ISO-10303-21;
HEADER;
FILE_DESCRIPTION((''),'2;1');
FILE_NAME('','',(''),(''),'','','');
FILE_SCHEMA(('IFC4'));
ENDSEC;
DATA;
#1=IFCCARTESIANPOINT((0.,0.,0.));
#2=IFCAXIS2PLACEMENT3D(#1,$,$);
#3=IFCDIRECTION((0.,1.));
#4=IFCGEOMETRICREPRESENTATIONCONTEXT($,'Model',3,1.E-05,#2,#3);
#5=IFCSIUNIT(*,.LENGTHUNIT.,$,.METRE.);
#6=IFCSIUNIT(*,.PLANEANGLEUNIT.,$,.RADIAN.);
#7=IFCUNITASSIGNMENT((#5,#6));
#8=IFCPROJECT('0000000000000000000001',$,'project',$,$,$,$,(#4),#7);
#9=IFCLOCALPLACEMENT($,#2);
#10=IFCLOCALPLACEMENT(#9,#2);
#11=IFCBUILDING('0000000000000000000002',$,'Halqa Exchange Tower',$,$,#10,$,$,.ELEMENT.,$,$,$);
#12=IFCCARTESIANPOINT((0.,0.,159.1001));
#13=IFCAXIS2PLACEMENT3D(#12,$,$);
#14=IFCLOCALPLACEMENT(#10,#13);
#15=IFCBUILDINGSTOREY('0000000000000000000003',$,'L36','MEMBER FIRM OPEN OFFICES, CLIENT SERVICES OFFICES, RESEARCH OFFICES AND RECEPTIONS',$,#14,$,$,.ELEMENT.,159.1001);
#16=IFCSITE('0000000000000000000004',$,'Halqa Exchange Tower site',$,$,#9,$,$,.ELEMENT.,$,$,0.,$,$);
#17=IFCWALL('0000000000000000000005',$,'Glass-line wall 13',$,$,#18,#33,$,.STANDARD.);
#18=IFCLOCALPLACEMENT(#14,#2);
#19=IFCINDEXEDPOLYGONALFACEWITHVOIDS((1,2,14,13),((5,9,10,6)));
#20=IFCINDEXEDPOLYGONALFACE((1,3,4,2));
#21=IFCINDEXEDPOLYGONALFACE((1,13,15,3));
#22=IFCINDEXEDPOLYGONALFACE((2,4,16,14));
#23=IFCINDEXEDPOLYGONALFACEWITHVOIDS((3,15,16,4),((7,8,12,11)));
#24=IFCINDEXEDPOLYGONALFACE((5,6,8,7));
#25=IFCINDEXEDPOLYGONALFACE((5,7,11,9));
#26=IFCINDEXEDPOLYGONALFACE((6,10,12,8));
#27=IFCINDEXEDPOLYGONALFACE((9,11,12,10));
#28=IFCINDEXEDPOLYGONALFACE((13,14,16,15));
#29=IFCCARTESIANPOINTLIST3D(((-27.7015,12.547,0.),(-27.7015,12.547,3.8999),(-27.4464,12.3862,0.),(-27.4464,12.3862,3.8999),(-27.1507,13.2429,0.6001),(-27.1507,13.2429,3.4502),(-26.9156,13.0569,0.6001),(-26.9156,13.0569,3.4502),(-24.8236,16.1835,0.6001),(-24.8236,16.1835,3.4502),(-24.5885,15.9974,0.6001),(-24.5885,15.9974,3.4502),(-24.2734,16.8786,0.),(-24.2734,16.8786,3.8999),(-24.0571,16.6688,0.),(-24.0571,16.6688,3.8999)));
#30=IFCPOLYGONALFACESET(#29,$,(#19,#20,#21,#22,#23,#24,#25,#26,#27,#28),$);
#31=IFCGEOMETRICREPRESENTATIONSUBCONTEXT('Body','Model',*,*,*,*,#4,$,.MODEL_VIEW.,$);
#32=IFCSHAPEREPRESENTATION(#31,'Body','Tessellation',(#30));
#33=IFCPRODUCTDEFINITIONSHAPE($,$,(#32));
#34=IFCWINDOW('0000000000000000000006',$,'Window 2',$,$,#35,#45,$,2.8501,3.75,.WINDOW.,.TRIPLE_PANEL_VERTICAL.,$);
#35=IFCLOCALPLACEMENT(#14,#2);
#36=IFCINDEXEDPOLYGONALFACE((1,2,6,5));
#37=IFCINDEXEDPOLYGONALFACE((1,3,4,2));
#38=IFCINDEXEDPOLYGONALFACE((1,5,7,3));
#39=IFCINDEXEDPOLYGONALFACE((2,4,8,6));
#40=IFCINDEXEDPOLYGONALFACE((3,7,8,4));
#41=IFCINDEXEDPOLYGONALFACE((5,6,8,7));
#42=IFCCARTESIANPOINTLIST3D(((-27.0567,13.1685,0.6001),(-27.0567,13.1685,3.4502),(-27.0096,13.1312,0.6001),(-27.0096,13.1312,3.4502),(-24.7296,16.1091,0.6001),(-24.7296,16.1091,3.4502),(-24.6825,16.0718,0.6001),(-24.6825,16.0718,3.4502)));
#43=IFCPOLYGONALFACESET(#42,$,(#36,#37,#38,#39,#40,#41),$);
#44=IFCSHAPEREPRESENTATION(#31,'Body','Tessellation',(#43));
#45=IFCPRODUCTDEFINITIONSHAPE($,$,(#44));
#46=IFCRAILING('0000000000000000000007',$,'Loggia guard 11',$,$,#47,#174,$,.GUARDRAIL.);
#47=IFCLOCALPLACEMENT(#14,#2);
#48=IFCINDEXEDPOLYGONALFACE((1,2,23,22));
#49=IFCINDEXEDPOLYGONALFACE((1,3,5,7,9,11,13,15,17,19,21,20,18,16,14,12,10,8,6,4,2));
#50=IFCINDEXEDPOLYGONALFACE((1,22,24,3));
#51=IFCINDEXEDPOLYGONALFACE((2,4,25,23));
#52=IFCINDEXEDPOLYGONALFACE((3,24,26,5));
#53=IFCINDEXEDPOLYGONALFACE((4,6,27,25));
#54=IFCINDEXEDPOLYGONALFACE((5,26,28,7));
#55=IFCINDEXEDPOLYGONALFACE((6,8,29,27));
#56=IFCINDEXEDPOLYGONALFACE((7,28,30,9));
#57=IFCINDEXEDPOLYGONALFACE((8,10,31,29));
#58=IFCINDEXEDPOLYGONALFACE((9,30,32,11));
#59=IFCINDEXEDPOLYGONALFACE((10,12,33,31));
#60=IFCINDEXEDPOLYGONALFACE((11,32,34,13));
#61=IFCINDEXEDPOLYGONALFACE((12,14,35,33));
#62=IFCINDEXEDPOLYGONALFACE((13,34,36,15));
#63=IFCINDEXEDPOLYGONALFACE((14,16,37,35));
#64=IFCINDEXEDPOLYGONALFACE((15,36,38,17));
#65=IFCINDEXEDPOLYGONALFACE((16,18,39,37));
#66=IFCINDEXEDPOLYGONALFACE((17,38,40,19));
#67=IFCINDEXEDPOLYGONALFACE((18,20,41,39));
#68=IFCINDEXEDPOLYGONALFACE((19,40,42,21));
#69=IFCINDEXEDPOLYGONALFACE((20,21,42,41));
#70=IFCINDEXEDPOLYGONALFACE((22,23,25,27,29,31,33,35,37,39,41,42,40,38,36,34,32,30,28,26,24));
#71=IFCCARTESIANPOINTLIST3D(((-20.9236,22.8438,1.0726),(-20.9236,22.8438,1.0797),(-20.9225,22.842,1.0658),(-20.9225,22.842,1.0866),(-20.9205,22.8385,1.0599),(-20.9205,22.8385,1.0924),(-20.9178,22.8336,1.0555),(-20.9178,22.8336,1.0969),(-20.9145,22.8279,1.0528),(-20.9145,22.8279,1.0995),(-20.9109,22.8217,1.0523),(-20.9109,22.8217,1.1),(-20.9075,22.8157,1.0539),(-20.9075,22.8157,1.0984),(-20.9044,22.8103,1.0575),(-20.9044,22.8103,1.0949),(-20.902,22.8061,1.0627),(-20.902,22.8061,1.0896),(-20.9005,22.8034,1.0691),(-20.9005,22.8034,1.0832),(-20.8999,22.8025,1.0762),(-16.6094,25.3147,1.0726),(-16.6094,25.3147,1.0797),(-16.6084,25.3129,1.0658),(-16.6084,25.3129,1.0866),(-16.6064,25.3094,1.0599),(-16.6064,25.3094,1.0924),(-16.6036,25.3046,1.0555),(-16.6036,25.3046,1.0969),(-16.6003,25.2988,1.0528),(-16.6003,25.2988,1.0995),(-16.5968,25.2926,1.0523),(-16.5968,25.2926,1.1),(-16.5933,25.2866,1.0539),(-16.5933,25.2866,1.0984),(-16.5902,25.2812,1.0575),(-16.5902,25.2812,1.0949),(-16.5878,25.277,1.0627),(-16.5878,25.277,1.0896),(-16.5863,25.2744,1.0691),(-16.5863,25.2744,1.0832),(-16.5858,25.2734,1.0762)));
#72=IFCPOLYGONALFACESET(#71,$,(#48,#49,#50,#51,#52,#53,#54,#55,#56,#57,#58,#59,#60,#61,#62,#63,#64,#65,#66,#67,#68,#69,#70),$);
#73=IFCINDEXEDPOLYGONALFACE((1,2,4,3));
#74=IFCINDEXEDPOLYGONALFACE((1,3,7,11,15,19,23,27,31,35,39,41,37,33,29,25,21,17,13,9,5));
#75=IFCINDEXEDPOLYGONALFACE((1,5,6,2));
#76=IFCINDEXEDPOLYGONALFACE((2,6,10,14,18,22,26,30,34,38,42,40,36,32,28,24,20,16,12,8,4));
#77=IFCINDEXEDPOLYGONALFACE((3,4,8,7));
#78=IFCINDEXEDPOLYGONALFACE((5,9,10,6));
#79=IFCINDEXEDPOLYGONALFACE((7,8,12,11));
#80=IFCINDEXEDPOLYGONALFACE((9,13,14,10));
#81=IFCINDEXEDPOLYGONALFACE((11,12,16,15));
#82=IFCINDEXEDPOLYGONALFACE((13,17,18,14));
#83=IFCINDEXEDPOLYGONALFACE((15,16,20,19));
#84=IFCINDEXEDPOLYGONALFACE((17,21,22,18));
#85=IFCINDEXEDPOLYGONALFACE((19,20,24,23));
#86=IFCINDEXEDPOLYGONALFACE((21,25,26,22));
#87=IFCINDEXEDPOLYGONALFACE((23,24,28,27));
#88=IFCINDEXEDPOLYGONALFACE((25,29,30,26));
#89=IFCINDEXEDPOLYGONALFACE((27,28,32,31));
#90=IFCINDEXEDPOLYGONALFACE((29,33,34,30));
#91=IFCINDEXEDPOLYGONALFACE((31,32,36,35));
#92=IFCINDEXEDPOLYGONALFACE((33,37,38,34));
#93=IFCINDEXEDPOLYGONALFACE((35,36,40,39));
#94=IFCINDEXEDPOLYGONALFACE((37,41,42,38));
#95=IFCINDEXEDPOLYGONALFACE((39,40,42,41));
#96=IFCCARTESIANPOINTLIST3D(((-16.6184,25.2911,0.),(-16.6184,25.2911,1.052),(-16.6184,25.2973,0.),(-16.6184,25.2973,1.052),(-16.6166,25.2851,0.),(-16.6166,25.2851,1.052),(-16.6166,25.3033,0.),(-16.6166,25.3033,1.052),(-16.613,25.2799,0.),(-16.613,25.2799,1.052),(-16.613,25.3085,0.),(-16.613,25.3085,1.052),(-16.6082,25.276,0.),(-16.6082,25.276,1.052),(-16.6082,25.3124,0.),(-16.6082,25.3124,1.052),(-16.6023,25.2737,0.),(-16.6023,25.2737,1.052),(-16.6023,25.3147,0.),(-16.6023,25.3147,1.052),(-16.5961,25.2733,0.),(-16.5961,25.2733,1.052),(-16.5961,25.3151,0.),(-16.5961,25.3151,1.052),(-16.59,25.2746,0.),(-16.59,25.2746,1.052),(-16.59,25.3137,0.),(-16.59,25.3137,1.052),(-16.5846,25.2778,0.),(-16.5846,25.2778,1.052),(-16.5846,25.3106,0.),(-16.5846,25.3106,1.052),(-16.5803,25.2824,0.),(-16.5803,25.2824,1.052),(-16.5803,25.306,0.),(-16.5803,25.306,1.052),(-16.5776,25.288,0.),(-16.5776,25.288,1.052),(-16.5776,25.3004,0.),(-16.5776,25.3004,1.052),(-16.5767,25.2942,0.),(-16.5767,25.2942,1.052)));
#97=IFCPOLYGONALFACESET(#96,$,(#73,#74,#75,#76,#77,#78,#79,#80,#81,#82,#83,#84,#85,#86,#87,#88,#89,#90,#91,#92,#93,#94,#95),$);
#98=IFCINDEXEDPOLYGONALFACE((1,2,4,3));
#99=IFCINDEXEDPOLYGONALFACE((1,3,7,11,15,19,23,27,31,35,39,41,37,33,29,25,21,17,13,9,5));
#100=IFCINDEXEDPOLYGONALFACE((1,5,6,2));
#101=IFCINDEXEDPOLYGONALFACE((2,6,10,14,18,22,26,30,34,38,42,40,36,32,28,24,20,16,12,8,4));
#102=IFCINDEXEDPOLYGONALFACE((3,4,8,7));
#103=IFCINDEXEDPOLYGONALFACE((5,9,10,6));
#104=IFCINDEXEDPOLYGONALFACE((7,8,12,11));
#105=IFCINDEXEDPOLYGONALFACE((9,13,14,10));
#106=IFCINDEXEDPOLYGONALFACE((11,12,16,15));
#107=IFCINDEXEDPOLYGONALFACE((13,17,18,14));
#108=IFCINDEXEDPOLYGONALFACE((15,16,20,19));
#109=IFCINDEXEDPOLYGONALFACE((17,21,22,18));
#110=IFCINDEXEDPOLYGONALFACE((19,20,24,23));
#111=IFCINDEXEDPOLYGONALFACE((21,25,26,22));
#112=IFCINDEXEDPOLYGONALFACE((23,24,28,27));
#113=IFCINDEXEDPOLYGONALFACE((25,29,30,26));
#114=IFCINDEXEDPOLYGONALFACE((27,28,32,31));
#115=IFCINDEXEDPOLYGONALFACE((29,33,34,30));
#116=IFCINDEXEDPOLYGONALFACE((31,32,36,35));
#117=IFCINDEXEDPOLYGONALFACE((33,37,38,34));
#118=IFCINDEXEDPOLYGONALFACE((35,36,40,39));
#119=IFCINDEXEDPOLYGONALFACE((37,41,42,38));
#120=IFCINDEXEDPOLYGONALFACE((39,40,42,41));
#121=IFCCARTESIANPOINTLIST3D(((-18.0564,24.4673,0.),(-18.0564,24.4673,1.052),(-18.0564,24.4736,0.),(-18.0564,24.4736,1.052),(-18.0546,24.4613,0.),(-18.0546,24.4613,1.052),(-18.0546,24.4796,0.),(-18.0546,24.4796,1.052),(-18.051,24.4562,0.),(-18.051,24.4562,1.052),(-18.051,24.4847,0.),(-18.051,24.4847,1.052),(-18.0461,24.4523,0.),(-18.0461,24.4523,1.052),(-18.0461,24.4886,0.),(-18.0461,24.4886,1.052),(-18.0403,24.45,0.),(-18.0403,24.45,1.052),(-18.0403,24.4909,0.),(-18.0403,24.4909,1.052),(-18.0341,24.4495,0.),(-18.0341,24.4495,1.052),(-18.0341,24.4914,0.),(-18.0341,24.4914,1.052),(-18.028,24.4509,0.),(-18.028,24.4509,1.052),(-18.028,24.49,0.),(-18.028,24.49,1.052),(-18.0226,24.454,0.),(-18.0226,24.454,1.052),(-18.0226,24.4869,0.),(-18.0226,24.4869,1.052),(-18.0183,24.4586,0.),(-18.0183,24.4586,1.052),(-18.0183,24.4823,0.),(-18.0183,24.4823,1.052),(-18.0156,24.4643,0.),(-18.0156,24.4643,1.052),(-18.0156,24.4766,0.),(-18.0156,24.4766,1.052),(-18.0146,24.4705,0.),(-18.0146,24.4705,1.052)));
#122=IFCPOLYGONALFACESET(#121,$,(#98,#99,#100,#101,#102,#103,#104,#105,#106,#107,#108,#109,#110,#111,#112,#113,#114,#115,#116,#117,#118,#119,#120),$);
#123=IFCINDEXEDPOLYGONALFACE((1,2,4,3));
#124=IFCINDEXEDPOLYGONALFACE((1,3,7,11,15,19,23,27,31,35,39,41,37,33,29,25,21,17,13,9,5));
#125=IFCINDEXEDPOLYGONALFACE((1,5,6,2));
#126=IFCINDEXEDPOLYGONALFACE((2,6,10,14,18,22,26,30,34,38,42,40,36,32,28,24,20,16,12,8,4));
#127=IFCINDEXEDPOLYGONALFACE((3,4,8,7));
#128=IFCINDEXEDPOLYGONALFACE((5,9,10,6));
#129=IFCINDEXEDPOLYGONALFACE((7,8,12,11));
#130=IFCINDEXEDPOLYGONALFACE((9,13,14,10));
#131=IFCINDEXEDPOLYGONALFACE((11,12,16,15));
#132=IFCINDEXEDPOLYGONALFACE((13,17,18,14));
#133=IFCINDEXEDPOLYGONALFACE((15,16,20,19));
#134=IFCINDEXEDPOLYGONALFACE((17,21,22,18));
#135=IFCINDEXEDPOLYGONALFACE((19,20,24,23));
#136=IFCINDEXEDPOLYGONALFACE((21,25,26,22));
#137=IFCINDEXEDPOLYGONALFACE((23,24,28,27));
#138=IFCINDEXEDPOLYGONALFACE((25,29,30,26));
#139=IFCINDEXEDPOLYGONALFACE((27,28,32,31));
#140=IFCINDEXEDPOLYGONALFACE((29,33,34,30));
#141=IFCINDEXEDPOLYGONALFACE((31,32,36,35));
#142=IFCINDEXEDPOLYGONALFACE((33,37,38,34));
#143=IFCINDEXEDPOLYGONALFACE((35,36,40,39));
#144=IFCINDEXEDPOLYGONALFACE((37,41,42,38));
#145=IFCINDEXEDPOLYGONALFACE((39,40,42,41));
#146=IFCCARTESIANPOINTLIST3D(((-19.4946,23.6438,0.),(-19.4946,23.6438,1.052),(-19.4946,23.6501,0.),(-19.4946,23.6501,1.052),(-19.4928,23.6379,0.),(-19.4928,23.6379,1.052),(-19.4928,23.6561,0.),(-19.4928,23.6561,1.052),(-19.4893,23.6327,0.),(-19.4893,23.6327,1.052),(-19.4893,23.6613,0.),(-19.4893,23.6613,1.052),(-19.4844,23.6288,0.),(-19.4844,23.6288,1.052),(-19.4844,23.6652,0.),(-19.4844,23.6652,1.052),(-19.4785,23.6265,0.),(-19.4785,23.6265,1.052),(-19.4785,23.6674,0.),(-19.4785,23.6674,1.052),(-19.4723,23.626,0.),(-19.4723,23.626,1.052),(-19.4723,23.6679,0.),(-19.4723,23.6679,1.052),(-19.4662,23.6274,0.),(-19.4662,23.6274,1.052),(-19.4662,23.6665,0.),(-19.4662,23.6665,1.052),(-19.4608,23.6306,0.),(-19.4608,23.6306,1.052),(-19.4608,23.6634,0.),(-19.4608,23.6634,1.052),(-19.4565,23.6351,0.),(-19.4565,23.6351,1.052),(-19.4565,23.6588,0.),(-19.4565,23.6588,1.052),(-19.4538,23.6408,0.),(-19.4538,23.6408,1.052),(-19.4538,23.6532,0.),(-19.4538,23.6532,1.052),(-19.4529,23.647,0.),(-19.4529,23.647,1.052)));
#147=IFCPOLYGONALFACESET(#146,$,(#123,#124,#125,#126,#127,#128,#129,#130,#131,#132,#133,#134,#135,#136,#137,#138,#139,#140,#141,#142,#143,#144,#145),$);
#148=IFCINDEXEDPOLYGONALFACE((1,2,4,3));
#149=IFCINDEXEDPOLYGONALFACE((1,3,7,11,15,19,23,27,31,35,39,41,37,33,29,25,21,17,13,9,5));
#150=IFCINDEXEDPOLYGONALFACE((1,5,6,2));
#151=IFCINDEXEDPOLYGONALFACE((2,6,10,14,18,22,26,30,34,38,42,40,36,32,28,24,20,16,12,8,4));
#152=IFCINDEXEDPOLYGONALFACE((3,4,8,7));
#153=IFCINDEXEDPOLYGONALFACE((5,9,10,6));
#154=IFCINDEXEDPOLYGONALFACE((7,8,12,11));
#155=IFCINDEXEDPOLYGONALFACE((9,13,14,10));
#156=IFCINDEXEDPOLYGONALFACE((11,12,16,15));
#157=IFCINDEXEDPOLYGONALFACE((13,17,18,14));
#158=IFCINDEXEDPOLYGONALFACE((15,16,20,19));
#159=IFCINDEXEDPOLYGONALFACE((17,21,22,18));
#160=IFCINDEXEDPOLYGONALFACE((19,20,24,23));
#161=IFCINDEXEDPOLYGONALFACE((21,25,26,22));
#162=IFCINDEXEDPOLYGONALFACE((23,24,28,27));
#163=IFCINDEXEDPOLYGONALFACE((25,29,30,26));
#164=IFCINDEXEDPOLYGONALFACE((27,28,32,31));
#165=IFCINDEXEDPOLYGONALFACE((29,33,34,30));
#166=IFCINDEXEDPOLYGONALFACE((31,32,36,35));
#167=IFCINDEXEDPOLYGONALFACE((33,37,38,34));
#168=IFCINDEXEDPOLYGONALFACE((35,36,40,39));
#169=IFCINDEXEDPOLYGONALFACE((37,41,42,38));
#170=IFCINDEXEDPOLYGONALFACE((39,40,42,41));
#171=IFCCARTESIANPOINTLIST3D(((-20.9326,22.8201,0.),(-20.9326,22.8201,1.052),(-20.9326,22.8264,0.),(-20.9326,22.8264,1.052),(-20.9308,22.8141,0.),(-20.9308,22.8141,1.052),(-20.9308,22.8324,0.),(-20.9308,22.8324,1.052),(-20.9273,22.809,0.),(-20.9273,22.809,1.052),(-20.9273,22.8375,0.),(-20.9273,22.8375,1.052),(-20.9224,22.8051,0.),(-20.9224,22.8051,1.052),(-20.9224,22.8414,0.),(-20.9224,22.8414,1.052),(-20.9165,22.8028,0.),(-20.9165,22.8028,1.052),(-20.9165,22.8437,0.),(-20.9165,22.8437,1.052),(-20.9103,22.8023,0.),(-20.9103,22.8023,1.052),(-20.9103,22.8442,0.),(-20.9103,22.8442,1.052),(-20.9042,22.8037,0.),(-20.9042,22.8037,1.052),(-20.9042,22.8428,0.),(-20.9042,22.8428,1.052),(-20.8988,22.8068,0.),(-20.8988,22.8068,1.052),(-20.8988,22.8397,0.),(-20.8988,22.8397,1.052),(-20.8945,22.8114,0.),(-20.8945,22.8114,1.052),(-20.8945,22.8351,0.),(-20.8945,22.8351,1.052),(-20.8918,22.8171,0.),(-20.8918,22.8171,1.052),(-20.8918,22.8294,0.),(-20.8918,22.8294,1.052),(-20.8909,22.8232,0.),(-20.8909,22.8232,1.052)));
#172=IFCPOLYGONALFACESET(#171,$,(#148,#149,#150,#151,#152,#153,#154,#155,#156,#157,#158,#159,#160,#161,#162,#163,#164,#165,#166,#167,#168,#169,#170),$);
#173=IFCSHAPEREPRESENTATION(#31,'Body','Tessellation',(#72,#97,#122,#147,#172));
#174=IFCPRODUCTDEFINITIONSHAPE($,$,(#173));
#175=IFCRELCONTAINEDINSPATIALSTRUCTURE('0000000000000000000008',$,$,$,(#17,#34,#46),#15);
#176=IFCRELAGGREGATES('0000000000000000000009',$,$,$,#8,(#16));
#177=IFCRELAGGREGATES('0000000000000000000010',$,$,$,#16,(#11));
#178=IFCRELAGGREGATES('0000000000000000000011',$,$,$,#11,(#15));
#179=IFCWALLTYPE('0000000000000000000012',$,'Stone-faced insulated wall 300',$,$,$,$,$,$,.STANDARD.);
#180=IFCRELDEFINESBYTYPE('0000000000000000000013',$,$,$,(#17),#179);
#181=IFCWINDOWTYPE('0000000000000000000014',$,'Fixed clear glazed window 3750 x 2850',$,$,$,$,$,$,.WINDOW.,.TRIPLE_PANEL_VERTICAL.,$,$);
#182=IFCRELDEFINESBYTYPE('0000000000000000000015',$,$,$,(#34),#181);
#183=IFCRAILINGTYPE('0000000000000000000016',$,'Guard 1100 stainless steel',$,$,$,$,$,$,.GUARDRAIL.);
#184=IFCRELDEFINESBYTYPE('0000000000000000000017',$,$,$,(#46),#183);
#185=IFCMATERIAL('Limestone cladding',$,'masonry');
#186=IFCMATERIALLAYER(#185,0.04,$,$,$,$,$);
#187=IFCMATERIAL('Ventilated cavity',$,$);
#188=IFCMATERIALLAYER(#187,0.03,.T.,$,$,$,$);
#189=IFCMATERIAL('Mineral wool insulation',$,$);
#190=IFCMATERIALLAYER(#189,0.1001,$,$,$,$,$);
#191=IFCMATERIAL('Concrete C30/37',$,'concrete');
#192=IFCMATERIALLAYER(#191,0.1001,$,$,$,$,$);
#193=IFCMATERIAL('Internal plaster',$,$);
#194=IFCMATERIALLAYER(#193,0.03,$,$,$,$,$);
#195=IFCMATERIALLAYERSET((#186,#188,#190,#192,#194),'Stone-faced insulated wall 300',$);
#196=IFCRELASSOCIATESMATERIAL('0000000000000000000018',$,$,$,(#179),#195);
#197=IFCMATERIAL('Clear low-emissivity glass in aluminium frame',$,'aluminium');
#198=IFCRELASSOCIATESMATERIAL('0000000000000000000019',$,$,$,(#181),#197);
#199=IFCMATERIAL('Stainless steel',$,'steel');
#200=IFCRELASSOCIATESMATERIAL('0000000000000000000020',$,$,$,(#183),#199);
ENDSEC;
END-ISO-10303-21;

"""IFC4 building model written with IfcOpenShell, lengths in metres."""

from ifc_helpers import new_model, si_unit, direction, frame, frame_2d, origin, origin_2d, place, context, subcontext, project, spatial, polyline, rectangle, circle, outline, extrude, material, layer, layer_set, type_object, element, fill, save


model = new_model("IFC4")

# Units and contexts
model_context = context("Model", 3, precision=1e-05, world=origin(), true_north=direction((0.0, 1.0)))
body_context = subcontext(model_context, "Body", "Model", "MODEL_VIEW")
ifc_project = project(units=[si_unit("LENGTHUNIT", "METRE"), si_unit("PLANEANGLEUNIT", "RADIAN")], contexts=[model_context])

# Site, building, storey
site_placement = place(None, origin())
site = spatial("IfcSite", under=ifc_project, at=site_placement, Name="Halqa Exchange Tower site", CompositionType="ELEMENT", RefElevation=0.0)
building_placement = place(site_placement, origin())
building = spatial("IfcBuilding", under=site, at=building_placement, Name="Halqa Exchange Tower", CompositionType="ELEMENT")
storey_placement = place(building_placement, frame((0.0, 0.0, 159.1001)))
storey = spatial("IfcBuildingStorey", under=building, at=storey_placement, Name="L36", Description="MEMBER FIRM OPEN OFFICES, CLIENT SERVICES OFFICES, RESEARCH OFFICES AND RECEPTIONS", CompositionType="ELEMENT", Elevation=159.1001)

# Shared definitions
ifc_material_1 = material(Name="Limestone cladding", Category="masonry")
ifc_layer_1 = layer(ifc_material_1, 0.04)
ifc_material_2 = material(Name="Ventilated cavity")
ifc_layer_2 = layer(ifc_material_2, 0.03, ventilated=True)
ifc_material_3 = material(Name="Mineral wool insulation")
ifc_layer_3 = layer(ifc_material_3, 0.1001)
ifc_material_4 = material(Name="Concrete C30/37", Category="concrete")
ifc_layer_4 = layer(ifc_material_4, 0.1001)
ifc_material_5 = material(Name="Internal plaster")
ifc_layer_5 = layer(ifc_material_5, 0.03)
ifc_layer_set_1 = layer_set([ifc_layer_1, ifc_layer_2, ifc_layer_3, ifc_layer_4, ifc_layer_5], Name="Stone-faced insulated wall 300")
wall_type_1 = type_object("IfcWallType", Name="Stone-faced insulated wall 300", PredefinedType="STANDARD", material=ifc_layer_set_1)
ifc_material_6 = material(Name="Clear low-emissivity glass in aluminium frame", Category="aluminium")
window_type = type_object("IfcWindowType", Name="Fixed clear glazed window 3750 x 2850", PartitioningType="TRIPLE_PANEL_VERTICAL", PredefinedType="WINDOW", material=ifc_material_6)

# Wall, opening, window
wall_1_placement = place(storey_placement, frame((-24.1653, 16.7737, 0.0), z_axis=(0.0, 0.0, 1.0), x_axis=(-0.620578, -0.784145, 0.0)))
wall_1 = element("IfcWall", 1, at=wall_1_placement, inside=storey, type_object=wall_type_1, Name="Glass-line wall 13", PredefinedType="STANDARD", context=body_context, shape_type="SweptSolid", body=[
    extrude(outline(polyline([(-0.0151, -0.1499), (5.5088, -0.1499), (5.4766, 0.1499), (0.0151, 0.1499), (-0.0151, -0.1499)])), origin(), (0.0, 0.0, 1.0), 3.8999),
])
opening_1_placement = place(wall_1_placement, frame((0.8713, 0.0, 0.6001)))
opening_1 = element("IfcOpeningElement", 2, at=opening_1_placement, cuts=wall_1, PredefinedType="OPENING", context=body_context, shape_type="SweptSolid", body=[
    extrude(rectangle(XDim=3.75, YDim=2.8501, at=frame_2d((1.875, 1.425))), frame((0.0, 0.1621, 0.0), z_axis=(0.0, -1.0, 0.0), x_axis=(1.0, 0.0, 0.0)), (0.0, 0.0, 1.0), 0.324),
])
window_1_placement = place(opening_1_placement, origin())
window_1 = element("IfcWindow", 3, at=window_1_placement, inside=storey, type_object=window_type, Name="Window 2", OverallHeight=2.8501, OverallWidth=3.75, PartitioningType="TRIPLE_PANEL_VERTICAL", PredefinedType="WINDOW", context=body_context, shape_type="SweptSolid", body=[
    extrude(rectangle(XDim=3.75, YDim=2.8501, at=frame_2d((1.875, 1.425))), frame((0.0, 0.03, 0.0), z_axis=(0.0, -1.0, 0.0), x_axis=(1.0, 0.0, 0.0)), (0.0, 0.0, 1.0), 0.0601),
])
fill(opening_1, window_1)

# Railing
ifc_material_7 = material(Name="Stainless steel", Category="steel")
railing_type = type_object("IfcRailingType", Name="Guard 1100 stainless steel", PredefinedType="GUARDRAIL", material=ifc_material_7)
railing_1_placement = place(storey_placement, frame((-16.5977, 25.2942, 0.0)))
element("IfcRailing", 4, at=railing_1_placement, inside=storey, type_object=railing_type, Name="Loggia guard 11", PredefinedType="GUARDRAIL", context=body_context, shape_type="SweptSolid", body=[
    extrude(circle(Radius=0.0239, at=origin_2d()), frame((0.0, 0.0, 1.0762), z_axis=(-0.86775, -0.497001, 0.0), x_axis=(0.497001, -0.86775, 0.0)), (0.0, 0.0, 1.0), 4.9717),
    extrude(circle(Radius=0.021, at=origin_2d()), origin(), (0.0, 0.0, 1.0), 1.052),
    extrude(circle(Radius=0.021, at=origin_2d()), frame((-1.438, -0.8237, 0.0)), (0.0, 0.0, 1.0), 1.052),
    extrude(circle(Radius=0.021, at=origin_2d()), frame((-2.8762, -1.6472, 0.0)), (0.0, 0.0, 1.0), 1.052),
    extrude(circle(Radius=0.021, at=origin_2d()), frame((-4.3142, -2.4709, 0.0)), (0.0, 0.0, 1.0), 1.052),
])

save(model, "model.ifc")
